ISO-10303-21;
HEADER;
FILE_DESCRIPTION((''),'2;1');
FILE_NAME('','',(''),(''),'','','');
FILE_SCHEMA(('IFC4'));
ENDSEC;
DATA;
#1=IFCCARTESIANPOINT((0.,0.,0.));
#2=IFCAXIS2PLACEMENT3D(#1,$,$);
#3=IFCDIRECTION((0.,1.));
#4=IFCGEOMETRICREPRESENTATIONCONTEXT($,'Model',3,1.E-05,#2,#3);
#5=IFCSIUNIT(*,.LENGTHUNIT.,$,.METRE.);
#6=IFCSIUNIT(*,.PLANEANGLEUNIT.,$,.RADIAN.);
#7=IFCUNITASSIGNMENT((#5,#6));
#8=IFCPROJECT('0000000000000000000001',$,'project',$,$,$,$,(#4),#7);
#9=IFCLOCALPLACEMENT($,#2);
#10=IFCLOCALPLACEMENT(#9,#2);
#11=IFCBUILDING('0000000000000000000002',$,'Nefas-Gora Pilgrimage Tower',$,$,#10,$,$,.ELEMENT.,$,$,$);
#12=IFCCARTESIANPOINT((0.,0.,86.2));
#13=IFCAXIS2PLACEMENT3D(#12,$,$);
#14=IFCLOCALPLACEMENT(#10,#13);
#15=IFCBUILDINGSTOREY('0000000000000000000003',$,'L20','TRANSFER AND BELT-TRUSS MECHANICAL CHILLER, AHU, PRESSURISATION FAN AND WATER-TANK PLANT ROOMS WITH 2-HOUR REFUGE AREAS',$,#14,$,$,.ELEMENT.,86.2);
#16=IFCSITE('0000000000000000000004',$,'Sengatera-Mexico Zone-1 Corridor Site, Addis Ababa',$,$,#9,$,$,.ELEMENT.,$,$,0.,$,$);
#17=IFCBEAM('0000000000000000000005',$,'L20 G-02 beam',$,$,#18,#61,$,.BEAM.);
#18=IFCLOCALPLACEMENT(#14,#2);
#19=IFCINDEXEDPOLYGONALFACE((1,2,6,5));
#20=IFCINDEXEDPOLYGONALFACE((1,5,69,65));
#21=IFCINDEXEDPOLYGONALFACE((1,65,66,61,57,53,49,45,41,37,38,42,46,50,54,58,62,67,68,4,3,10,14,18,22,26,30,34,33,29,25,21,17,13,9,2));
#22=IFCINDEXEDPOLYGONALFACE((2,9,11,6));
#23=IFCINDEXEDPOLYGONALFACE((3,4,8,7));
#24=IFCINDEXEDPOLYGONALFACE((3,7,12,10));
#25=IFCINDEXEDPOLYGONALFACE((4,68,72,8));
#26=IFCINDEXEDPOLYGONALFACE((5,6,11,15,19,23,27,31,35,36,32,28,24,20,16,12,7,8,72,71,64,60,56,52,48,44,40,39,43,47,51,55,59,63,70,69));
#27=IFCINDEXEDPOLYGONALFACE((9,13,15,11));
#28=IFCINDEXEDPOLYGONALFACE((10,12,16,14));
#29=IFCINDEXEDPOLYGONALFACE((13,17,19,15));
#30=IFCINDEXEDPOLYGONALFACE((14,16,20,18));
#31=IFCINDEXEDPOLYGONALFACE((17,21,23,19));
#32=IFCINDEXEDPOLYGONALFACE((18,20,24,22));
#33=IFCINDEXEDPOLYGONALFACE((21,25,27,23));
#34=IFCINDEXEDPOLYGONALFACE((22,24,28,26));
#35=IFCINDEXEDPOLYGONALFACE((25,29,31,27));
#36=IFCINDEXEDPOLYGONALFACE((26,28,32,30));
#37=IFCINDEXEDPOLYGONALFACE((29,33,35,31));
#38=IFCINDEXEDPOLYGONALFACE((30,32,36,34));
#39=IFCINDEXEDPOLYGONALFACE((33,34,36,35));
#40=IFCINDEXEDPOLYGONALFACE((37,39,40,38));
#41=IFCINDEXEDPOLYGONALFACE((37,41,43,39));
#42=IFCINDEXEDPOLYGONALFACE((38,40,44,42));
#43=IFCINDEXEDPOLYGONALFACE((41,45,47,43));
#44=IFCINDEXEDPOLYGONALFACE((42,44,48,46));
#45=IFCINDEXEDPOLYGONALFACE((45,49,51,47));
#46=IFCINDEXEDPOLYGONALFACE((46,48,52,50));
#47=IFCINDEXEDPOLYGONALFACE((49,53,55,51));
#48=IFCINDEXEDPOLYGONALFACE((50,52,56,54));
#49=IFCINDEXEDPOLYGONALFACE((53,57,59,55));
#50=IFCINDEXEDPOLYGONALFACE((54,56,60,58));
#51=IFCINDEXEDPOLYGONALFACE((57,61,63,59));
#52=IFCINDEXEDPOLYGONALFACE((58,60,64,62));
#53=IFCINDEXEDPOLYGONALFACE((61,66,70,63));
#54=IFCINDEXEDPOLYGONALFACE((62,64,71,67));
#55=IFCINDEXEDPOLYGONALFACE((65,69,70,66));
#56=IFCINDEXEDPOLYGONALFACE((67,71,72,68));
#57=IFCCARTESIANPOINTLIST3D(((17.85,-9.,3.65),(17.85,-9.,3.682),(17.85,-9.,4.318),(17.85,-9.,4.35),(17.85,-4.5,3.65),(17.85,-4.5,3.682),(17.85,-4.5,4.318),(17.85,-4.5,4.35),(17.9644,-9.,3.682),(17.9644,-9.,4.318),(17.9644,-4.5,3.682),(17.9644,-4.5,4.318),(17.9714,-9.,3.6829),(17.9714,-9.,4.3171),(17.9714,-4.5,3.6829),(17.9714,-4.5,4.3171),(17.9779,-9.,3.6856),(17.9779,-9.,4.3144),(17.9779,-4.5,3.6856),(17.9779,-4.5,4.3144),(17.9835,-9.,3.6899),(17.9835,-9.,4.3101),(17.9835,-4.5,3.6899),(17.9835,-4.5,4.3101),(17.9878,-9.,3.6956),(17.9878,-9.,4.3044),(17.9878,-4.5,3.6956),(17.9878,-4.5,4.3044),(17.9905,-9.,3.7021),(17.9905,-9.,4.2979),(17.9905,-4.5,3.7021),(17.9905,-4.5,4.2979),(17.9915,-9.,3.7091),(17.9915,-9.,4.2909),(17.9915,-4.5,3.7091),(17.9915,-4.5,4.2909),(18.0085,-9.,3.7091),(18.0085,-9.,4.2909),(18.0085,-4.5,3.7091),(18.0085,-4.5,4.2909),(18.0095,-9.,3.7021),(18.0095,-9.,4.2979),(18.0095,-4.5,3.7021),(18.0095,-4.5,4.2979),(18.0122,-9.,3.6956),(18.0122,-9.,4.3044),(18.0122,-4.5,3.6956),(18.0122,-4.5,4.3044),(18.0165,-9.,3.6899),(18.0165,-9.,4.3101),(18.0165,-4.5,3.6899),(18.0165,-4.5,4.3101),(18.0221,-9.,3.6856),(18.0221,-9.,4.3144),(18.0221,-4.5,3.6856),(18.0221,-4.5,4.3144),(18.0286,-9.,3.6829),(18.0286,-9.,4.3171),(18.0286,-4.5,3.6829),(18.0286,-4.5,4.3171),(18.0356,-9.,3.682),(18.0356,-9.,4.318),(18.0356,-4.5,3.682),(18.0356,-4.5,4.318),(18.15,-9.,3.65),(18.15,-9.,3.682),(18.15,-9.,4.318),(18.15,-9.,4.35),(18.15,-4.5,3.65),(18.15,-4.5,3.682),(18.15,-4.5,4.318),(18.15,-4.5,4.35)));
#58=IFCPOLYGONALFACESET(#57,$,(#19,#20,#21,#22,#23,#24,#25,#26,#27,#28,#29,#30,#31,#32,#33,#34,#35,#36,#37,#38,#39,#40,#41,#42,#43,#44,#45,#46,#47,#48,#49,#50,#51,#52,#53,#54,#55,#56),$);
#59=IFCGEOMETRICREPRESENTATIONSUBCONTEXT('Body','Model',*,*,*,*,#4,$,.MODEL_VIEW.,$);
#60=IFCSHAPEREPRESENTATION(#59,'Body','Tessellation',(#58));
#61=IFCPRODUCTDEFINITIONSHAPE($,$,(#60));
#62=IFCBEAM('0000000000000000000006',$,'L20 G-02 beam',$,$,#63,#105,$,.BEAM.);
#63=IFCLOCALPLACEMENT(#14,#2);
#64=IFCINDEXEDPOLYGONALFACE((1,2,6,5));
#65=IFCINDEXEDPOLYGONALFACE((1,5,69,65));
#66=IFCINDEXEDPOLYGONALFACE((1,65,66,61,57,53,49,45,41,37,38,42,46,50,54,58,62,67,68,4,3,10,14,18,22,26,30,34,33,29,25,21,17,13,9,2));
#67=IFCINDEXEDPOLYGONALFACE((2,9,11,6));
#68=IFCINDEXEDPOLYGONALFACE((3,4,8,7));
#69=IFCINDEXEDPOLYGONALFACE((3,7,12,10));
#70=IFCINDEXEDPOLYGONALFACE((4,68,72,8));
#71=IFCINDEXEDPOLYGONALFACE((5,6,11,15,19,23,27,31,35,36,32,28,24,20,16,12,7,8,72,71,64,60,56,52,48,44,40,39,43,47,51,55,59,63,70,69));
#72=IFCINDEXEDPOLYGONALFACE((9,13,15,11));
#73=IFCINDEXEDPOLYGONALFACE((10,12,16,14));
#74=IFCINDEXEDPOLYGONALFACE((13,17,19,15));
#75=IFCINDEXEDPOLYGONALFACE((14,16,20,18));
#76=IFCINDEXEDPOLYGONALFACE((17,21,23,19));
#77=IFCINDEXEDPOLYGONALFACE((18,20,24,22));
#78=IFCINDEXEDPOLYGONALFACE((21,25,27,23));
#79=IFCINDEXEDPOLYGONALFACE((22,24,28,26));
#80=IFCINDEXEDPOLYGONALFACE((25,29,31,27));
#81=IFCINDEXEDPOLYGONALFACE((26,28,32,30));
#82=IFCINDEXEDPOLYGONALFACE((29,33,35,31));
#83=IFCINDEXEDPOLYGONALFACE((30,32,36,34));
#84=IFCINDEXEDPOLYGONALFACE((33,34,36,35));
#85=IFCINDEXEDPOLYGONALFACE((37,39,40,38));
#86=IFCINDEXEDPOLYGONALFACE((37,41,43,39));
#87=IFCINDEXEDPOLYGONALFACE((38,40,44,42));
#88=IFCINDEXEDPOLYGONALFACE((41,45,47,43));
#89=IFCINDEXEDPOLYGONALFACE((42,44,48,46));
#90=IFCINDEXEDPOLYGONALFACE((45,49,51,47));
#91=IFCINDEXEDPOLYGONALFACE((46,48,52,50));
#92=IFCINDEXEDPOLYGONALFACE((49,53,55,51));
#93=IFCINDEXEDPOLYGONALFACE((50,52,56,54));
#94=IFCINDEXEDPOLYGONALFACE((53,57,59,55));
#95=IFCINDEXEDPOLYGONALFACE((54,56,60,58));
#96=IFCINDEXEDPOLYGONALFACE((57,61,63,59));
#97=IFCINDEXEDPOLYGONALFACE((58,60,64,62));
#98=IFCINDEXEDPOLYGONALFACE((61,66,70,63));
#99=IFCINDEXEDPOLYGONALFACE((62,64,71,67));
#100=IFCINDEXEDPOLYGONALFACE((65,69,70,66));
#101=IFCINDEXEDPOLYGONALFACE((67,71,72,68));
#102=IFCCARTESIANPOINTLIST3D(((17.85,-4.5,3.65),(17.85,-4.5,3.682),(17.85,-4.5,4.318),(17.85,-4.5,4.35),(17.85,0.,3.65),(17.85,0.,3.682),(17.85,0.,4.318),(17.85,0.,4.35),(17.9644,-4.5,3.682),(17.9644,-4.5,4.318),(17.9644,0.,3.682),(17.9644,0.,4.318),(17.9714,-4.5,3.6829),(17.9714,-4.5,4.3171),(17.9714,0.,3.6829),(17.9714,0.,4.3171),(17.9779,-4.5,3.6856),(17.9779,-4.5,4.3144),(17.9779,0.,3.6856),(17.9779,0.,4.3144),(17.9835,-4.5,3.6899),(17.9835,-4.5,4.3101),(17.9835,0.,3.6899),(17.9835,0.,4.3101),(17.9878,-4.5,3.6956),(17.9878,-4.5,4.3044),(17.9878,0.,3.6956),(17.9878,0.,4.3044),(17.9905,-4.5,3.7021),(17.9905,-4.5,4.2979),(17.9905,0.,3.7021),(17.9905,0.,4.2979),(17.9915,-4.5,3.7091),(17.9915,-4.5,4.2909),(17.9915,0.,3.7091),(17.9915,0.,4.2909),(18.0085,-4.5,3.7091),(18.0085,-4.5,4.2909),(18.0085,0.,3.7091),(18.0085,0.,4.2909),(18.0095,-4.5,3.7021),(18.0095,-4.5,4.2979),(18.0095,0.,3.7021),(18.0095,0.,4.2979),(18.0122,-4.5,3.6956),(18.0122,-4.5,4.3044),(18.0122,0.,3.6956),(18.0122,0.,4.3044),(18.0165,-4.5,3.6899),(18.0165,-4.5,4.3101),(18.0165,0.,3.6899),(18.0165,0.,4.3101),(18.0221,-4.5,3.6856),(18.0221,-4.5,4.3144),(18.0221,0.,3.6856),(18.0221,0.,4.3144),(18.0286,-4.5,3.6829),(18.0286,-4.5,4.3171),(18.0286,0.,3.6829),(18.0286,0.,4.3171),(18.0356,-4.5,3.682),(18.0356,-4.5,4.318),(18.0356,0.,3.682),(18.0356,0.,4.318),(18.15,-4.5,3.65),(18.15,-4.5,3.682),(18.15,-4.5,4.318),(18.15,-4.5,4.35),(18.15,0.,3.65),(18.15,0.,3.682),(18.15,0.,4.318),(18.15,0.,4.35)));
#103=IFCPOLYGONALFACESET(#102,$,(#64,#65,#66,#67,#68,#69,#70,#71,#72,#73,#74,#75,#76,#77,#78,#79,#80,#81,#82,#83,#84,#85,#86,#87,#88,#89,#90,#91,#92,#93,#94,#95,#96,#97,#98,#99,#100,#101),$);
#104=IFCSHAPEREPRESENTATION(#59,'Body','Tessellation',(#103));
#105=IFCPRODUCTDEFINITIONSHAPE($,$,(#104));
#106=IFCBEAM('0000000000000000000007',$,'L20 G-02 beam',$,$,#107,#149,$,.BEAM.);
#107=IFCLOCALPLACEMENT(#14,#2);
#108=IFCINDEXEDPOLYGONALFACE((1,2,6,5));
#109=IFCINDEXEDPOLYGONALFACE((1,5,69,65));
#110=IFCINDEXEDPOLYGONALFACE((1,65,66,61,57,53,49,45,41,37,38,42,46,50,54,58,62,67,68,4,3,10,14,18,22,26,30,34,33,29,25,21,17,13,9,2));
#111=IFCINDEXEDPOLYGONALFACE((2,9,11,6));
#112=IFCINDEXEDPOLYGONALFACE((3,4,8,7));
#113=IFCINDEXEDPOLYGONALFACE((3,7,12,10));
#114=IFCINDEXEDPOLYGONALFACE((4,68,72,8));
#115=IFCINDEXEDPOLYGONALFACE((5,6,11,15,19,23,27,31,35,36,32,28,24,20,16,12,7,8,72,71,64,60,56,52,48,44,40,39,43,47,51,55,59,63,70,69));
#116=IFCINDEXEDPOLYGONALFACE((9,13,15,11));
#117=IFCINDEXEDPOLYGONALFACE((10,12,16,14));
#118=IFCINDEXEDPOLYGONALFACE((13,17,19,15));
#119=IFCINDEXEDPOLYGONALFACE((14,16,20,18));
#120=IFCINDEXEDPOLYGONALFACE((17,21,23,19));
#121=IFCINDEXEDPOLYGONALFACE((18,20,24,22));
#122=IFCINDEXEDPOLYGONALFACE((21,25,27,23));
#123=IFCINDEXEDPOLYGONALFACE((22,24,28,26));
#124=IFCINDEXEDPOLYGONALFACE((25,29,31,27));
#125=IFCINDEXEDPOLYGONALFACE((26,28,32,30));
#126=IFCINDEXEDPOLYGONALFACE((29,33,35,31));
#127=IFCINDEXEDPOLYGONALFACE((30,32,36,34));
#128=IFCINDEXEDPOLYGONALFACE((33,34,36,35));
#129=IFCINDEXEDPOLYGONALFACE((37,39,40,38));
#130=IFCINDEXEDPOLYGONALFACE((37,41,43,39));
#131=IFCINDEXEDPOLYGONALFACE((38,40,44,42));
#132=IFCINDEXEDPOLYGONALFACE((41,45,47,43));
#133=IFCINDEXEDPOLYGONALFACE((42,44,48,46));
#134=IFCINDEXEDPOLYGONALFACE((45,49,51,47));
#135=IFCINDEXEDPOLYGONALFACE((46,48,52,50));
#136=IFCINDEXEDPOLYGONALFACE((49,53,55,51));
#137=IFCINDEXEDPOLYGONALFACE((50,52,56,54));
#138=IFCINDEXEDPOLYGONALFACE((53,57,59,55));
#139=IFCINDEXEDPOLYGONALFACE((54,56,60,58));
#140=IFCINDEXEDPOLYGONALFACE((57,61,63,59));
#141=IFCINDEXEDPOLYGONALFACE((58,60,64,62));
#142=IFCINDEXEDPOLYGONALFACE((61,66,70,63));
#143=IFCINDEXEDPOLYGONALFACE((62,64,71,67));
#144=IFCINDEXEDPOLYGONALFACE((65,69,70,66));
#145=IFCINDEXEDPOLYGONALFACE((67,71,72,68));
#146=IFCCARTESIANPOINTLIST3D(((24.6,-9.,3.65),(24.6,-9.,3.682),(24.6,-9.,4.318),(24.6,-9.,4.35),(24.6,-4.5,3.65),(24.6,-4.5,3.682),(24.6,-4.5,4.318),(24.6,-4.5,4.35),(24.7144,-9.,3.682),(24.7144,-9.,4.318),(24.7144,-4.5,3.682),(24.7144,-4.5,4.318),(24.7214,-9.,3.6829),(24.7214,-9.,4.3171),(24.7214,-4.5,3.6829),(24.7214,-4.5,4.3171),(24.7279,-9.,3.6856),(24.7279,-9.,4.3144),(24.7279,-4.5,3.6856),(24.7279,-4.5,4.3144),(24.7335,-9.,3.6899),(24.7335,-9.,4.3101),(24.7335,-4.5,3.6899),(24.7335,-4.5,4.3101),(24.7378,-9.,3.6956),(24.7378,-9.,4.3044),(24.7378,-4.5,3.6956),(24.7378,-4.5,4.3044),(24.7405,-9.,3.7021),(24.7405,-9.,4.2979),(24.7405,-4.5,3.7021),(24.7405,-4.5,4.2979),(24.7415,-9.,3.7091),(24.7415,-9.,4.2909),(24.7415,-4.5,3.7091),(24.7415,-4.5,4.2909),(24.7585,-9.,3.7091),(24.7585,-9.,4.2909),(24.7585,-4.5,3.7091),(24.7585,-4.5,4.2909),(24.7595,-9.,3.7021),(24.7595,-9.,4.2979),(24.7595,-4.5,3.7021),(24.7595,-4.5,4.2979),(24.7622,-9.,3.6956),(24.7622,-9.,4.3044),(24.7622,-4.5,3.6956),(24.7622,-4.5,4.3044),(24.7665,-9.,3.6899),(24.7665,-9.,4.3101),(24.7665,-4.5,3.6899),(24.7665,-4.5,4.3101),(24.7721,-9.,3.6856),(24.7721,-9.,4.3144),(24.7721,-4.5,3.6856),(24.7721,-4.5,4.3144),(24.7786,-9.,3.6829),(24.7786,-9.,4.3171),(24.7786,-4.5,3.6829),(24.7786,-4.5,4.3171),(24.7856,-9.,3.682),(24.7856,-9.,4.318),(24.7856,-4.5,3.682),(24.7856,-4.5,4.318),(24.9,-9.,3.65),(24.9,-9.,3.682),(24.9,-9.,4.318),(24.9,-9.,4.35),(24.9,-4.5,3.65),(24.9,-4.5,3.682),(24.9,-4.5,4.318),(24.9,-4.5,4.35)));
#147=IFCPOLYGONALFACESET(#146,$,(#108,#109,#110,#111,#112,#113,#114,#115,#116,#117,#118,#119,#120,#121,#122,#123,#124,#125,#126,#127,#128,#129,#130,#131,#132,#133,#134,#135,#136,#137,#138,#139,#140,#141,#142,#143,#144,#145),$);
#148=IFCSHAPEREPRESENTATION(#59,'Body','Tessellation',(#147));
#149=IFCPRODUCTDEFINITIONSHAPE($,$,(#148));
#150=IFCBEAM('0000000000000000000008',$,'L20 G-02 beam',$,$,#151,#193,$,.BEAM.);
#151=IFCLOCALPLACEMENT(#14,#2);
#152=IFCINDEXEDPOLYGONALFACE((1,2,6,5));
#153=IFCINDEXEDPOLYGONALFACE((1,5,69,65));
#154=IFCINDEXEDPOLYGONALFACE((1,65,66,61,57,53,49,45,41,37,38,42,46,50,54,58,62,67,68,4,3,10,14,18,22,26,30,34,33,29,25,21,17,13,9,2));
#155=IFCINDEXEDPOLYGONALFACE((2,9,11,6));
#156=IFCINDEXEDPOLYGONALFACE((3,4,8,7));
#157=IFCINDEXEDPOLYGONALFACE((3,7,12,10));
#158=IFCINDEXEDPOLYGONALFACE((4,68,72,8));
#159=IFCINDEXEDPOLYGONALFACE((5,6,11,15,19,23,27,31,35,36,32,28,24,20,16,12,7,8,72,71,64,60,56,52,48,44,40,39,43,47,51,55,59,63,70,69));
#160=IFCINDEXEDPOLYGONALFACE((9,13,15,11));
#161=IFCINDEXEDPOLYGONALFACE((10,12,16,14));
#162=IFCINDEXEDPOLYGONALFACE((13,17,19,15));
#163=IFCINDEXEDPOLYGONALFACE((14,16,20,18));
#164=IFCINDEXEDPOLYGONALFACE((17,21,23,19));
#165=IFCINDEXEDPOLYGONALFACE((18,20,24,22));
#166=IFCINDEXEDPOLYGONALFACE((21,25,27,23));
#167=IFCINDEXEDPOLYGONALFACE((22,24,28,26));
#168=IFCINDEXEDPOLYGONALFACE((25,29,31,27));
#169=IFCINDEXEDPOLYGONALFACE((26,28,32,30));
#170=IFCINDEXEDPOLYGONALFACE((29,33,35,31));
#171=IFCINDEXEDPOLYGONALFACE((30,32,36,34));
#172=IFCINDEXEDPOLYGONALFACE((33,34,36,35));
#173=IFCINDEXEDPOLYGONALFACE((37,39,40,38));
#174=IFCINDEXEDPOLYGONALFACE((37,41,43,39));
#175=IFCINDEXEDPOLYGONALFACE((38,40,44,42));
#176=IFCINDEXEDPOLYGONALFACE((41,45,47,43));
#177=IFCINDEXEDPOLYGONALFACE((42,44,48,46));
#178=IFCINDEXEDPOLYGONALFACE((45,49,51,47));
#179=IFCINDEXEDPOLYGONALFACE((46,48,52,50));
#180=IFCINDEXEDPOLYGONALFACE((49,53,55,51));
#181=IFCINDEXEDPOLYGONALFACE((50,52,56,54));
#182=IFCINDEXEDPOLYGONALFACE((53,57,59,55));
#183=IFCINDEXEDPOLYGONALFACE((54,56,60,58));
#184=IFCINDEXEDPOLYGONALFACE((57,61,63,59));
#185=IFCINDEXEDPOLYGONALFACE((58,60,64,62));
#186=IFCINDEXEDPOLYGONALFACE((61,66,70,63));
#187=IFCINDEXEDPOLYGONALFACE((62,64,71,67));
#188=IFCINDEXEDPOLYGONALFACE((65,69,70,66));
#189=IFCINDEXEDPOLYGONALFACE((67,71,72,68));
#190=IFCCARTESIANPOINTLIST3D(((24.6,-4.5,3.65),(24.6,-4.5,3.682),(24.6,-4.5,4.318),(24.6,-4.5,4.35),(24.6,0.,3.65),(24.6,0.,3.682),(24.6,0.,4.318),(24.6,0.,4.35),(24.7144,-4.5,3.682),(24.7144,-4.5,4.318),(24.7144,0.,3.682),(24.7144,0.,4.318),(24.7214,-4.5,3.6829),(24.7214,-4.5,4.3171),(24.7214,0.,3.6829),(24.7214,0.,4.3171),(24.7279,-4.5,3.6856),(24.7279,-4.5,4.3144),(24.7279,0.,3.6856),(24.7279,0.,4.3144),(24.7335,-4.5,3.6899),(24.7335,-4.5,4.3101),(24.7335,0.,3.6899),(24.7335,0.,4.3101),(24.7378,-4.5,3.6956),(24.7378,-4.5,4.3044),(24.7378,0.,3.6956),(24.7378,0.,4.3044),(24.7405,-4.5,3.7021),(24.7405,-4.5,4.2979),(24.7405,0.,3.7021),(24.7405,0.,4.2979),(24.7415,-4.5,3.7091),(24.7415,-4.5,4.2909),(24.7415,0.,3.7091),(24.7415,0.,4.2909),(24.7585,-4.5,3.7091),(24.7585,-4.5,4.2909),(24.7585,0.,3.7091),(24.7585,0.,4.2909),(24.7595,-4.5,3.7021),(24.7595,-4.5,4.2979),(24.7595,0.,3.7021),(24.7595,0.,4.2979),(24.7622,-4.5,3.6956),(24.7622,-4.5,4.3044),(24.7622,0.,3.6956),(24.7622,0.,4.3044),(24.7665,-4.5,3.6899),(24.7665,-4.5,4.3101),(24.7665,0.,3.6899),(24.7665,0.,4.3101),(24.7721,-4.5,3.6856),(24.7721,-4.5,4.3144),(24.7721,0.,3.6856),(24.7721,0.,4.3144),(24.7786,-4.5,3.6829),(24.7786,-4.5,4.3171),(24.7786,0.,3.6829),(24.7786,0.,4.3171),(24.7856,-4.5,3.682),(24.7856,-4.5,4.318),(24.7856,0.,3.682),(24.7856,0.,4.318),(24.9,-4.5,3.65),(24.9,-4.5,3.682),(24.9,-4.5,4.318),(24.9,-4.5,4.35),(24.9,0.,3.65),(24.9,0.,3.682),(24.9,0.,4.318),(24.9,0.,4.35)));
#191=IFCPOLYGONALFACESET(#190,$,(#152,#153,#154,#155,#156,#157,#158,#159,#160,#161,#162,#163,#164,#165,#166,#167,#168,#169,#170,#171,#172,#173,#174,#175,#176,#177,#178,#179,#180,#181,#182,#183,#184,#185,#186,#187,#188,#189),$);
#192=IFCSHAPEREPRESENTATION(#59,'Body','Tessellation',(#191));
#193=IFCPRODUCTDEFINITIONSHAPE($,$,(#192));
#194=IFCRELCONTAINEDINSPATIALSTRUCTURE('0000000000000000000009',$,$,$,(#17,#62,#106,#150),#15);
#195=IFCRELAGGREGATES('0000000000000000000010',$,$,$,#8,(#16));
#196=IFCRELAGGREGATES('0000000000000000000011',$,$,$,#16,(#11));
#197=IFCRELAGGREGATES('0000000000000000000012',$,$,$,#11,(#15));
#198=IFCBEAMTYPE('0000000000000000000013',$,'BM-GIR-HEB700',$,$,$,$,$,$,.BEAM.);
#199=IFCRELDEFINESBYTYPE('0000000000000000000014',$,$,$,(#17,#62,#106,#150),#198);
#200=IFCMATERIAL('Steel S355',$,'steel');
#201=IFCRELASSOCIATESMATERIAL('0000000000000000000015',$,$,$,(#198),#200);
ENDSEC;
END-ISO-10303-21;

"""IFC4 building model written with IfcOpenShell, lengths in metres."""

from ifc_helpers import new_model, si_unit, direction, frame, origin, origin_2d, place, context, subcontext, project, spatial, i_section, extrude, source, transform, mapped, material, material_profile, profile_set, type_object, element, save


model = new_model("IFC4")

# Units and contexts
model_context = context("Model", 3, precision=1e-05, world=origin(), true_north=direction((0.0, 1.0)))
body_context = subcontext(model_context, "Body", "Model", "MODEL_VIEW")
ifc_project = project(units=[si_unit("LENGTHUNIT", "METRE"), si_unit("PLANEANGLEUNIT", "RADIAN")], contexts=[model_context])

# Site, building, storey
site_placement = place(None, origin())
site = spatial("IfcSite", under=ifc_project, at=site_placement, Name="Sengatera-Mexico Zone-1 Corridor Site, Addis Ababa", CompositionType="ELEMENT", RefElevation=0.0)
building_placement = place(site_placement, origin())
building = spatial("IfcBuilding", under=site, at=building_placement, Name="Nefas-Gora Pilgrimage Tower", CompositionType="ELEMENT")
storey_placement = place(building_placement, frame((0.0, 0.0, 86.2)))
storey = spatial("IfcBuildingStorey", under=building, at=storey_placement, Name="L20", Description="TRANSFER AND BELT-TRUSS MECHANICAL CHILLER, AHU, PRESSURISATION FAN AND WATER-TANK PLANT ROOMS WITH 2-HOUR REFUGE AREAS", CompositionType="ELEMENT", Elevation=86.2)

# Beams
ifc_material_1 = material(Name="Steel S355", Category="steel")
ifc_material_profile_1 = material_profile(ifc_material_1, i_section(OverallWidth=0.3, OverallDepth=0.7, WebThickness=0.0171, FlangeThickness=0.032, FilletRadius=0.0271, at=origin_2d()), Name="HEB 700")
ifc_profile_set_1 = profile_set([ifc_material_profile_1], Name="Steel S355")
beam_type_1 = type_object("IfcBeamType", Name="BM-GIR-HEB700", PredefinedType="BEAM", material=ifc_profile_set_1)
shared_shape_1 = source(origin(), body_context, "Body", "SweptSolid", [
    extrude(i_section(OverallWidth=0.3, OverallDepth=0.7, WebThickness=0.0171, FlangeThickness=0.032, FilletRadius=0.0271, at=origin_2d()), origin(), (0.0, 0.0, 1.0), 4.5),
])
for number, where, z_axis, x_axis, name in (
    (1, (18.0, -9.0, 4.0), (0.0, 1.0, 0.0), (-1.0, 0.0, 0.0), "L20 G-02 beam"),
    (2, (18.0, -4.5, 4.0), (0.0, 1.0, 0.0), (-1.0, 0.0, 0.0), "L20 G-02 beam"),
    (3, (24.75, -9.0, 4.0), (0.0, 1.0, 0.0), (-1.0, 0.0, 0.0), "L20 G-02 beam"),
    (4, (24.75, -4.5, 4.0), (0.0, 1.0, 0.0), (-1.0, 0.0, 0.0), "L20 G-02 beam"),
):
    element("IfcBeam", number, at=place(storey_placement, frame(where, z_axis=z_axis, x_axis=x_axis)), inside=storey, type_object=beam_type_1, Name=name, PredefinedType="BEAM", context=body_context, shape_type="MappedRepresentation", body=[
        mapped(shared_shape_1, transform((0.0, 0.0, 0.0), x_axis=(1.0, 0.0, 0.0), y_axis=(0.0, 1.0, 0.0), z_axis=(0.0, 0.0, 1.0), scale=1.0)),
    ])

save(model, "model.ifc")
